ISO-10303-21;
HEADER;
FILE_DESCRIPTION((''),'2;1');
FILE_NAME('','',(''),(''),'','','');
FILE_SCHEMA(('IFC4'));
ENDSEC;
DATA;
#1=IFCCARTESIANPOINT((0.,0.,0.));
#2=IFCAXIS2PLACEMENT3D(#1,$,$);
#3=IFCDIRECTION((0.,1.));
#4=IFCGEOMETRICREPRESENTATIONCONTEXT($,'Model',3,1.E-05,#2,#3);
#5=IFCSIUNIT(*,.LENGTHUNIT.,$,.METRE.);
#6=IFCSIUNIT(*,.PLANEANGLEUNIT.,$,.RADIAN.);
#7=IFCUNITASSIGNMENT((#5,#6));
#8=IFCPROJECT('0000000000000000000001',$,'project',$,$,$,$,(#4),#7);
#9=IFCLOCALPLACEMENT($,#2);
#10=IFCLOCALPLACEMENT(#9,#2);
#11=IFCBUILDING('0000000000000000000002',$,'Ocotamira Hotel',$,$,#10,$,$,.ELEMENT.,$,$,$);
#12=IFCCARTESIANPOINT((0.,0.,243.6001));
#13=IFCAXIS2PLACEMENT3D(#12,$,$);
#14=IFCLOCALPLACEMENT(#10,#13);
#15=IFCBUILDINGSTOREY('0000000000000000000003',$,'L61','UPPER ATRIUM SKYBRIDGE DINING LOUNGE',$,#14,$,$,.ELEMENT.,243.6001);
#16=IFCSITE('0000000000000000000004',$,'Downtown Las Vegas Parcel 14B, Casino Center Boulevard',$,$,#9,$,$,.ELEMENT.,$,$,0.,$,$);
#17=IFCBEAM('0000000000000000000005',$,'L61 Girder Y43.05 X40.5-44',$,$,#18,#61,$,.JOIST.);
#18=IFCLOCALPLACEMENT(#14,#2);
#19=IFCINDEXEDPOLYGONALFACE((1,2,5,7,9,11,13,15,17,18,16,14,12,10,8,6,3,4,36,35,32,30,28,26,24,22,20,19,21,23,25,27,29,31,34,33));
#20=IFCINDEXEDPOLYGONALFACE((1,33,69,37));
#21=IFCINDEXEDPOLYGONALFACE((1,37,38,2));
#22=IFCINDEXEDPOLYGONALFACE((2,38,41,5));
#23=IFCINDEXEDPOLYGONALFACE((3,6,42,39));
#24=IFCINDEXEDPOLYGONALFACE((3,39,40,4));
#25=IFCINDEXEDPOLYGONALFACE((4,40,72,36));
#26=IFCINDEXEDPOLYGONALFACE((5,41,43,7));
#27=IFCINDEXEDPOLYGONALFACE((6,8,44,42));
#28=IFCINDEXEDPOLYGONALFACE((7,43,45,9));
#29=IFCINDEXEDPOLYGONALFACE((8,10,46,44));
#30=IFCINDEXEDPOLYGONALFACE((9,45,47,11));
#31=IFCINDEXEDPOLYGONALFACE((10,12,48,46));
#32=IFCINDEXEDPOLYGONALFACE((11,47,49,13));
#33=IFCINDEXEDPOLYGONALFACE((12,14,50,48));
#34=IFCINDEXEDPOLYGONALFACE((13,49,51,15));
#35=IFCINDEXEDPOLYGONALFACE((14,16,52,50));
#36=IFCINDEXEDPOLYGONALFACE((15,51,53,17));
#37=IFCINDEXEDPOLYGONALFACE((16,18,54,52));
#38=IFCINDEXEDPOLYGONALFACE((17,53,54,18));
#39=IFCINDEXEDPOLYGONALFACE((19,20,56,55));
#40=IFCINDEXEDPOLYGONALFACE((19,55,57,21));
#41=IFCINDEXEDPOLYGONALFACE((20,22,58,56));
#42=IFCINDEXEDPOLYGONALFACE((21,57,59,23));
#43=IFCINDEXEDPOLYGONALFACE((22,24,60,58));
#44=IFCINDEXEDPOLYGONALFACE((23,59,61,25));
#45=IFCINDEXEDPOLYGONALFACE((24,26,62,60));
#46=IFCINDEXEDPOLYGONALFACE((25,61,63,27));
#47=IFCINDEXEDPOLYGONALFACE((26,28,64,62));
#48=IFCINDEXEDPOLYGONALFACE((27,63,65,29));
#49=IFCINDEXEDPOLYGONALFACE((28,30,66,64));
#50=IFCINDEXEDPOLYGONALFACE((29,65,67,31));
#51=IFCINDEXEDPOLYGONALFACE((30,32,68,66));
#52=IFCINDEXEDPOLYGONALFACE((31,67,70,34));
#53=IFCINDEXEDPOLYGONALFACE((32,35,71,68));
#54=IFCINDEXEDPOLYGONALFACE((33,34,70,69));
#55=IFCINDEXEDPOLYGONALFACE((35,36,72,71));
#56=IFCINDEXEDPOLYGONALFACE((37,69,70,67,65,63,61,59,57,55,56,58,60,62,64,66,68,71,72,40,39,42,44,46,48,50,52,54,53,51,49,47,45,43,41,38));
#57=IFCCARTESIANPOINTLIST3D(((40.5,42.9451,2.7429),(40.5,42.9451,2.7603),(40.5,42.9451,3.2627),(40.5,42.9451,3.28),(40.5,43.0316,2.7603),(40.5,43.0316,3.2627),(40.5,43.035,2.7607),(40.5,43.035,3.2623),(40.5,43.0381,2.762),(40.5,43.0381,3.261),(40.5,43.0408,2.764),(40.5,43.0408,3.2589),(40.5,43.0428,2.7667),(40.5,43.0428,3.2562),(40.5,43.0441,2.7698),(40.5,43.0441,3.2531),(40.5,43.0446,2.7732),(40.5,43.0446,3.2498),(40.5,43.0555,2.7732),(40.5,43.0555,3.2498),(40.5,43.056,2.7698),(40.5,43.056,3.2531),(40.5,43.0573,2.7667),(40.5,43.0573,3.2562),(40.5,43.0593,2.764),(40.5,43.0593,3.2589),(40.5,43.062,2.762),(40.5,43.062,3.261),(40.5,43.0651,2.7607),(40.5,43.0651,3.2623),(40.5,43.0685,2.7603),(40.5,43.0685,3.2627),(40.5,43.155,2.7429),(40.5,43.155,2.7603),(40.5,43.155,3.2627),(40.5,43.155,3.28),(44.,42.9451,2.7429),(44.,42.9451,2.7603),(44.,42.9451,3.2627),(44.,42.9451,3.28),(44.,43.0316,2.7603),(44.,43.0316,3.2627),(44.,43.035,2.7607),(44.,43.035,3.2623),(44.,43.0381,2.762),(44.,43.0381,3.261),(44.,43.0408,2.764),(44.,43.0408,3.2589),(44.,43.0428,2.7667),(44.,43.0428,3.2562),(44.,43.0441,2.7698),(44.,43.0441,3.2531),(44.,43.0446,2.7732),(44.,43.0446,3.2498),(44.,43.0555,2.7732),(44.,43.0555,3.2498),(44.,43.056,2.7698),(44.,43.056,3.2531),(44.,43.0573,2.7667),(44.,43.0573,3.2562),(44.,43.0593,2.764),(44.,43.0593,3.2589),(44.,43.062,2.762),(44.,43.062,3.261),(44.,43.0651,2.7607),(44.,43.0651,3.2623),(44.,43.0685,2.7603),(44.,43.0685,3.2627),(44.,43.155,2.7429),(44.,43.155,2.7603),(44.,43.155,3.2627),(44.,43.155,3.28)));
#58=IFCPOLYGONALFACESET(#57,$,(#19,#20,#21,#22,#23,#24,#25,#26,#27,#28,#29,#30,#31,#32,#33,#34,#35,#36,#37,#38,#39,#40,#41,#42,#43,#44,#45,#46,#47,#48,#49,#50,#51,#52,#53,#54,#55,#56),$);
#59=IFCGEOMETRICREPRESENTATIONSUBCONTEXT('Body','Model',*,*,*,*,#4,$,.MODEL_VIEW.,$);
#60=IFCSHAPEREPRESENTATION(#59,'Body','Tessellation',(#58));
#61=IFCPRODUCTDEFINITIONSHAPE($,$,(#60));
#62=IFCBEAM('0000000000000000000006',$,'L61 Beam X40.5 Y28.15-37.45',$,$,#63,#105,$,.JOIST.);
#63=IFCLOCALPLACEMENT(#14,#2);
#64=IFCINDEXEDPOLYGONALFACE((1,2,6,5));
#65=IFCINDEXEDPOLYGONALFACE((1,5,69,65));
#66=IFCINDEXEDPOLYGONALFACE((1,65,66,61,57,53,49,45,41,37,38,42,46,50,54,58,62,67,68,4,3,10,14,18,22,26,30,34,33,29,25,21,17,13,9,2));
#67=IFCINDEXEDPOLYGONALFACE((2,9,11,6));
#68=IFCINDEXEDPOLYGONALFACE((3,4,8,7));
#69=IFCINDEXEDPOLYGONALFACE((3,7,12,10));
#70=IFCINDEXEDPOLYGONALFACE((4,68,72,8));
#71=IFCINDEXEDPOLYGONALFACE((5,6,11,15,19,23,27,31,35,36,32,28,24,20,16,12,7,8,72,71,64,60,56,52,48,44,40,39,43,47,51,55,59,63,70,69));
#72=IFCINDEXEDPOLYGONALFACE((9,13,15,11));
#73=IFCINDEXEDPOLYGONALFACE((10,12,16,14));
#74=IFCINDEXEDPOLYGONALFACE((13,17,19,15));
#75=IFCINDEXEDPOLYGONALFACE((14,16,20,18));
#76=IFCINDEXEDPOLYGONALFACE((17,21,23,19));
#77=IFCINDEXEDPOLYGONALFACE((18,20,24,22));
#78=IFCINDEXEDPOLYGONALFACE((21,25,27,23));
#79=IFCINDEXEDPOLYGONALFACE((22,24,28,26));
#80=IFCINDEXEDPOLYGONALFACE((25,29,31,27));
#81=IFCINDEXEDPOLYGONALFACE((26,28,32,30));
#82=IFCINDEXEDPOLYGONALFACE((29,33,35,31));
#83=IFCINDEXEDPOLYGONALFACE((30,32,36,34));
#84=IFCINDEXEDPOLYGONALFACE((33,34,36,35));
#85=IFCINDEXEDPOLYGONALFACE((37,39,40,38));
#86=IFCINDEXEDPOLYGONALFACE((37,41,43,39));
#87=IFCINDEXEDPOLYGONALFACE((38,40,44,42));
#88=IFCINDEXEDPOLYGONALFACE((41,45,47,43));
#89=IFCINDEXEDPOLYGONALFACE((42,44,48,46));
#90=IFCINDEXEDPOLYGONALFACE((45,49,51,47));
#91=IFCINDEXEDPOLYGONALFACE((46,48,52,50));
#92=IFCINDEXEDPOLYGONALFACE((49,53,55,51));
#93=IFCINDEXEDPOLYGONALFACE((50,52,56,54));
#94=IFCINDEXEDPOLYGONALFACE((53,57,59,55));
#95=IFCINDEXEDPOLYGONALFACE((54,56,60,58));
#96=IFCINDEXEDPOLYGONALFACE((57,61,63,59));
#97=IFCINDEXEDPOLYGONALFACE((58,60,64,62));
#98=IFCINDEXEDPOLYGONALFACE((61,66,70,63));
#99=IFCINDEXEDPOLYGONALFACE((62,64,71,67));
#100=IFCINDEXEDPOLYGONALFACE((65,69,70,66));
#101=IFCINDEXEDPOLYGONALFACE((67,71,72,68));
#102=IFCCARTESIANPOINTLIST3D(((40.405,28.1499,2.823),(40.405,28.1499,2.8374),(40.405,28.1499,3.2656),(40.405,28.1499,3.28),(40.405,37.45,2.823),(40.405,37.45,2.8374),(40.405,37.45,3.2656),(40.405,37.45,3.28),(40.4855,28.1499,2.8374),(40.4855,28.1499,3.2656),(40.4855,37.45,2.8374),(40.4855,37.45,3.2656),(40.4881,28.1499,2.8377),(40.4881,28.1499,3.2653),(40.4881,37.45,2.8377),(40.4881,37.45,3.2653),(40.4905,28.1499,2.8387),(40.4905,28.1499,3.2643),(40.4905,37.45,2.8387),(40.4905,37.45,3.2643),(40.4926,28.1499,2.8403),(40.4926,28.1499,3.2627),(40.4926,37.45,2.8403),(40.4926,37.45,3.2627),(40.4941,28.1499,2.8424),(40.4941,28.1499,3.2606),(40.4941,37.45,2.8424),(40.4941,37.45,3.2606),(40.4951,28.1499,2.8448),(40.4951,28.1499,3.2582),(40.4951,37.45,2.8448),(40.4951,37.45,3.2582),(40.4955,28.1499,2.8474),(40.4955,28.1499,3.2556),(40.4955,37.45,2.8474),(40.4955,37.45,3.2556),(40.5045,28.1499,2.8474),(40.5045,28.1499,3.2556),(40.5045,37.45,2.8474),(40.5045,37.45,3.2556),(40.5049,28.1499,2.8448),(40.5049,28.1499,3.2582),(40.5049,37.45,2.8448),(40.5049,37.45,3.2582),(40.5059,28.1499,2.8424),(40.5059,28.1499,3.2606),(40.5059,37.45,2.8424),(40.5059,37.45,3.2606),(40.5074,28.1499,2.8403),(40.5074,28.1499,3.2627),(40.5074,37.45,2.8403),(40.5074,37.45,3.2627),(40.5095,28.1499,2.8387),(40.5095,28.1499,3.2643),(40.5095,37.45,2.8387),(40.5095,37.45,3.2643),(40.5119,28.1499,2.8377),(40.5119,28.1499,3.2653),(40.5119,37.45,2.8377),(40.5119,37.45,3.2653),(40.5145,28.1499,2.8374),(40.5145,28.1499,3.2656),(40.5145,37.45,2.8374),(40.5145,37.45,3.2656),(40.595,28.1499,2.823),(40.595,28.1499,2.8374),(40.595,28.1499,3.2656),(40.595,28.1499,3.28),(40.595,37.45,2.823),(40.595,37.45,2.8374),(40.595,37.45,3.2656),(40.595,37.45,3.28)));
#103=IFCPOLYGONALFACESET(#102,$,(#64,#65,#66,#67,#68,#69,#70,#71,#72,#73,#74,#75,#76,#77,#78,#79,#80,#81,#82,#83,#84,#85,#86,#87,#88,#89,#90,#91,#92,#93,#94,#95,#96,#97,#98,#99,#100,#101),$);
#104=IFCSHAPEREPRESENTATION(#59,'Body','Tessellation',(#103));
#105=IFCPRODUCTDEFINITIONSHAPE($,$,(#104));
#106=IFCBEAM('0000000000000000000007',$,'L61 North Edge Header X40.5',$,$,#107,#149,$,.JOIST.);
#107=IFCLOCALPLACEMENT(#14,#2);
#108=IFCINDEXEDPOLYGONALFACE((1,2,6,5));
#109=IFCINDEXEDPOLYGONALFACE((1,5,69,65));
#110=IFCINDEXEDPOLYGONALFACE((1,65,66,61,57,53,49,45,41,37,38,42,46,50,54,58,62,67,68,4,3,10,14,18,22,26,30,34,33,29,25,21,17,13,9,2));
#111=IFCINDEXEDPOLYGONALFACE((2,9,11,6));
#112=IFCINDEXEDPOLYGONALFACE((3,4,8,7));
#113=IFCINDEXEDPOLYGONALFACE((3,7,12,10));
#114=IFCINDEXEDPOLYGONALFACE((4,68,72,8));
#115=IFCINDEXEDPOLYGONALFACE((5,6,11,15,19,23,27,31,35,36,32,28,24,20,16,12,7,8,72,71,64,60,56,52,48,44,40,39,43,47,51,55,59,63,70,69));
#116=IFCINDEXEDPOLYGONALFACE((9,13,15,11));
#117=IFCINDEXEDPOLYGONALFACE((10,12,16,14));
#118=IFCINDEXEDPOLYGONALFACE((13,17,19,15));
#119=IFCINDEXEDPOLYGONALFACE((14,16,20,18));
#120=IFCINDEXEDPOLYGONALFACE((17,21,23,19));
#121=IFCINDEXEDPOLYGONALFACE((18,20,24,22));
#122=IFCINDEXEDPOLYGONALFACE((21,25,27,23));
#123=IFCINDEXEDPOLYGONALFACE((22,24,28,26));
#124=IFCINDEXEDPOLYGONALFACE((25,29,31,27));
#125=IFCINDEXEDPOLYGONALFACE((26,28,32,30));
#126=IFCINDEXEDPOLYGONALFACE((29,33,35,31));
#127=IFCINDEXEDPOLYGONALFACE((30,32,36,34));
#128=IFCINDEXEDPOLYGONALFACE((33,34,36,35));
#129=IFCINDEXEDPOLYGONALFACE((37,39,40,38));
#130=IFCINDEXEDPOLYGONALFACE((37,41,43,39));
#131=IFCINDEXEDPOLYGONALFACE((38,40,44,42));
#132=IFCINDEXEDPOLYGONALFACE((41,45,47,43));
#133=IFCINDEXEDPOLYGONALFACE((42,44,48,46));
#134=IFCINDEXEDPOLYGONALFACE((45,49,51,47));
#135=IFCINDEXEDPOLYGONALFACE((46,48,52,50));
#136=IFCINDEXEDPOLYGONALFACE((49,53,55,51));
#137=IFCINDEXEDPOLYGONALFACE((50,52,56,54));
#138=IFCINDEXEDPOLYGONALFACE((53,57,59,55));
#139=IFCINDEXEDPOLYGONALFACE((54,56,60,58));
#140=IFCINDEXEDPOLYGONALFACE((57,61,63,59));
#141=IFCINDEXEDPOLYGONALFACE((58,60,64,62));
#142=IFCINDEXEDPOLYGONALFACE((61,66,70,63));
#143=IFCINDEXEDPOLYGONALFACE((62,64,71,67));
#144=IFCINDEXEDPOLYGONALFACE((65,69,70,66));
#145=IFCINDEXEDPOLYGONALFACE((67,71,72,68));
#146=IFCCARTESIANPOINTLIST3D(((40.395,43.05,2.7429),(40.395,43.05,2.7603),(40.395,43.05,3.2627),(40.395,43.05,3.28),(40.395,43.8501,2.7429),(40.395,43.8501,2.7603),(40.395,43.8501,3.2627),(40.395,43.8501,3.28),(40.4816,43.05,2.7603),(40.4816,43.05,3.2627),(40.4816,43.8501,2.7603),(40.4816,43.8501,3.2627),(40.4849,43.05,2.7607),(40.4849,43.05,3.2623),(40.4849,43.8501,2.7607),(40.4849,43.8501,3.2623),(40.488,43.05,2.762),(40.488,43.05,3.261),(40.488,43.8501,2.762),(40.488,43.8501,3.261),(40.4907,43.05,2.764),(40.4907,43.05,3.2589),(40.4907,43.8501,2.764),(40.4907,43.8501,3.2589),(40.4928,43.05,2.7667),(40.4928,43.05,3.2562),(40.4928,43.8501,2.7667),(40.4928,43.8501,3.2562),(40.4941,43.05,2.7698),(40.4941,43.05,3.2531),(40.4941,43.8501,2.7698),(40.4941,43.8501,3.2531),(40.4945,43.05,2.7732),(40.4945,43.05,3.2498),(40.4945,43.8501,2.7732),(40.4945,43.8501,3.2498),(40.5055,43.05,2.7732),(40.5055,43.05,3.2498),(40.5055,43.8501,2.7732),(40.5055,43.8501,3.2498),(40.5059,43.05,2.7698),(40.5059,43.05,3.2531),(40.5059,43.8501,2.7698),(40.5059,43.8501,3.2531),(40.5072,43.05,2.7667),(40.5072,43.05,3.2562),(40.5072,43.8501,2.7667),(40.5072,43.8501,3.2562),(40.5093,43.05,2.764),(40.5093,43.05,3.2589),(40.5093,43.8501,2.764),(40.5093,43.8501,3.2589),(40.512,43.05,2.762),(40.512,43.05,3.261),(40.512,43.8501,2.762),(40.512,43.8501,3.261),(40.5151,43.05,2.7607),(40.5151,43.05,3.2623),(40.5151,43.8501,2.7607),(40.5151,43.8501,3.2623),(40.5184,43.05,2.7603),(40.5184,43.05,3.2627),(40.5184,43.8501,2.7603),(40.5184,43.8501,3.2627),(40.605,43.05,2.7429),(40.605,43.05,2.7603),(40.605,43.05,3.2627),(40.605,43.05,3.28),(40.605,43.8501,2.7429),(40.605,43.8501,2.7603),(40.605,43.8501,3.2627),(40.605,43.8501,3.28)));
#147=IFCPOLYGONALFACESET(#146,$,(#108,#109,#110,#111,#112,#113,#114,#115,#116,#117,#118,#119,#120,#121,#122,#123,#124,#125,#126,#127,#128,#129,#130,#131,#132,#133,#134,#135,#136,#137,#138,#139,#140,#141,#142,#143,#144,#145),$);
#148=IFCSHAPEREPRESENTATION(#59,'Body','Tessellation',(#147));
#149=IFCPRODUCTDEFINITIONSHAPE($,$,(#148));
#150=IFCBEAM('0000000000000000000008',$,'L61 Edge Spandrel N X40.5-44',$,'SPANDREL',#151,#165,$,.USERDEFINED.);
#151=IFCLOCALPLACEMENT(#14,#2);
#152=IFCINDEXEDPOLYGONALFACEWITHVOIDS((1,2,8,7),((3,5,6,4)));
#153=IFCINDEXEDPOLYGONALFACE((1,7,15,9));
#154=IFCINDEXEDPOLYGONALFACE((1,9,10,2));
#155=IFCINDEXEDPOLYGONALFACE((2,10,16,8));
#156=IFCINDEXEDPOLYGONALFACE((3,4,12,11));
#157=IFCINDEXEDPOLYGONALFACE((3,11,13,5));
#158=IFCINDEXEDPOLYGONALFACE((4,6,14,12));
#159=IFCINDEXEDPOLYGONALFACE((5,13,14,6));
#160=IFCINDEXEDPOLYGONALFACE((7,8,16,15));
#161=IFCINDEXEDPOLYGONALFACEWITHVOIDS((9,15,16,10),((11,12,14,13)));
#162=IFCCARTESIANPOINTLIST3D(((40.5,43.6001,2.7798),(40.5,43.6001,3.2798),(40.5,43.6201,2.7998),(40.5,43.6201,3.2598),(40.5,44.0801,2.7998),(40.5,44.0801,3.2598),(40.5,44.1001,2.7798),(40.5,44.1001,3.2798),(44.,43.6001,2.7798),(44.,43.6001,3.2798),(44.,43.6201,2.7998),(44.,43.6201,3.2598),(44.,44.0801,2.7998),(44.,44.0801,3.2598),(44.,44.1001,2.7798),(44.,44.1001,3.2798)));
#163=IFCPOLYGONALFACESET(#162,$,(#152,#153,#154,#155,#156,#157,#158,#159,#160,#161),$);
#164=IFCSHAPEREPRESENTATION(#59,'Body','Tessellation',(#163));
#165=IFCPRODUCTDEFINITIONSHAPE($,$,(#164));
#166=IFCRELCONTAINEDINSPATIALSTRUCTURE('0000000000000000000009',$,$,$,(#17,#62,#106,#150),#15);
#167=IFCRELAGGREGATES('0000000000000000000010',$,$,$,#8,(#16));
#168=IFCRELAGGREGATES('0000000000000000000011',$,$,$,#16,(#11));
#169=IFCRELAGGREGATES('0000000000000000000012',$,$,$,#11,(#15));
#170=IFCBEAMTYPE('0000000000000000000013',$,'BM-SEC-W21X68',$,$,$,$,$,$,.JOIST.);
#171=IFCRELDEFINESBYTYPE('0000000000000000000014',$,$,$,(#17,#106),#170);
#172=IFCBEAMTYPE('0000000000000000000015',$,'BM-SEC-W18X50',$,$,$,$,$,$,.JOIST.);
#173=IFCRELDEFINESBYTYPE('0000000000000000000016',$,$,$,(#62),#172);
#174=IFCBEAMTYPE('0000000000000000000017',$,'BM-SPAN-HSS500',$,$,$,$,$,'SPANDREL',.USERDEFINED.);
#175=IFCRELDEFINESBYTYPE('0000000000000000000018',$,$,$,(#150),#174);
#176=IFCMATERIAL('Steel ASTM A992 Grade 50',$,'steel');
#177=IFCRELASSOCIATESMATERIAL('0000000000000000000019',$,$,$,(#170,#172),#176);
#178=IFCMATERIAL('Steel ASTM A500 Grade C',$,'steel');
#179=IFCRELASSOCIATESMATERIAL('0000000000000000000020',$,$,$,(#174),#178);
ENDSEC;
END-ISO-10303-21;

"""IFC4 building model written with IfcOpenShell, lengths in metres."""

from ifc_helpers import new_model, si_unit, direction, frame, origin, origin_2d, place, context, subcontext, project, spatial, hollow_rectangle, i_section, extrude, source, transform, mapped, material, material_profile, profile_set, type_object, element, save


model = new_model("IFC4")

# Units and contexts
model_context = context("Model", 3, precision=1e-05, world=origin(), true_north=direction((0.0, 1.0)))
body_context = subcontext(model_context, "Body", "Model", "MODEL_VIEW")
ifc_project = project(units=[si_unit("LENGTHUNIT", "METRE"), si_unit("PLANEANGLEUNIT", "RADIAN")], contexts=[model_context])

# Site, building, storey
site_placement = place(None, origin())
site = spatial("IfcSite", under=ifc_project, at=site_placement, Name="Downtown Las Vegas Parcel 14B, Casino Center Boulevard", CompositionType="ELEMENT", RefElevation=0.0)
building_placement = place(site_placement, origin())
building = spatial("IfcBuilding", under=site, at=building_placement, Name="Ocotamira Hotel", CompositionType="ELEMENT")
storey_placement = place(building_placement, frame((0.0, 0.0, 243.6001)))
storey = spatial("IfcBuildingStorey", under=building, at=storey_placement, Name="L61", Description="UPPER ATRIUM SKYBRIDGE DINING LOUNGE", CompositionType="ELEMENT", Elevation=243.6001)

# Shared definitions
ifc_material_1 = material(Name="Steel ASTM A992 Grade 50", Category="steel")

# Beams
ifc_material_profile_1 = material_profile(ifc_material_1, i_section(OverallWidth=0.21, OverallDepth=0.5371, WebThickness=0.011, FlangeThickness=0.0173, FilletRadius=0.0129, at=origin_2d()), Name="W21X68")
ifc_profile_set_1 = profile_set([ifc_material_profile_1], Name="Steel ASTM A992 Grade 50")
beam_type_1 = type_object("IfcBeamType", Name="BM-SEC-W21X68", PredefinedType="JOIST", material=ifc_profile_set_1)
shared_shape_1 = source(origin(), body_context, "Body", "SweptSolid", [
    extrude(i_section(OverallWidth=0.21, OverallDepth=0.5371, WebThickness=0.011, FlangeThickness=0.0173, FilletRadius=0.0129, at=origin_2d()), origin(), (0.0, 0.0, 1.0), 3.5),
])
beam_1_placement = place(storey_placement, frame((40.5, 43.05, 3.0115), z_axis=(1.0, 0.0, 0.0), x_axis=(0.0, 1.0, 0.0)))
element("IfcBeam", 1, at=beam_1_placement, inside=storey, type_object=beam_type_1, Name="L61 Girder Y43.05 X40.5-44", PredefinedType="JOIST", context=body_context, shape_type="MappedRepresentation", body=[
    mapped(shared_shape_1, transform((0.0, 0.0, 0.0), scale=1.0)),
])
ifc_material_profile_2 = material_profile(ifc_material_1, i_section(OverallWidth=0.1899, OverallDepth=0.457, WebThickness=0.009, FlangeThickness=0.0144, FilletRadius=0.01, at=origin_2d()), Name="W18X50")
ifc_profile_set_2 = profile_set([ifc_material_profile_2], Name="Steel ASTM A992 Grade 50")
beam_type_2 = type_object("IfcBeamType", Name="BM-SEC-W18X50", PredefinedType="JOIST", material=ifc_profile_set_2)
shared_shape_2 = source(origin(), body_context, "Body", "SweptSolid", [
    extrude(i_section(OverallWidth=0.1899, OverallDepth=0.457, WebThickness=0.009, FlangeThickness=0.0144, FilletRadius=0.01, at=origin_2d()), origin(), (0.0, 0.0, 1.0), 9.3),
])
beam_2_placement = place(storey_placement, frame((40.5, 28.1499, 3.0515), z_axis=(0.0, 1.0, 0.0), x_axis=(-1.0, 0.0, 0.0)))
element("IfcBeam", 2, at=beam_2_placement, inside=storey, type_object=beam_type_2, Name="L61 Beam X40.5 Y28.15-37.45", PredefinedType="JOIST", context=body_context, shape_type="MappedRepresentation", body=[
    mapped(shared_shape_2, transform((0.0, 0.0, 0.0), scale=1.0)),
])
shared_shape_3 = source(origin(), body_context, "Body", "SweptSolid", [
    extrude(i_section(OverallWidth=0.21, OverallDepth=0.5371, WebThickness=0.011, FlangeThickness=0.0173, FilletRadius=0.0129, at=origin_2d()), origin(), (0.0, 0.0, 1.0), 0.8),
])
beam_3_placement = place(storey_placement, frame((40.5, 43.05, 3.0115), z_axis=(0.0, 1.0, 0.0), x_axis=(-1.0, 0.0, 0.0)))
element("IfcBeam", 3, at=beam_3_placement, inside=storey, type_object=beam_type_1, Name="L61 North Edge Header X40.5", PredefinedType="JOIST", context=body_context, shape_type="MappedRepresentation", body=[
    mapped(shared_shape_3, transform((0.0, 0.0, 0.0), scale=1.0)),
])
ifc_material_2 = material(Name="Steel ASTM A500 Grade C", Category="steel")
ifc_material_profile_3 = material_profile(ifc_material_2, hollow_rectangle(XDim=0.5, YDim=0.5, WallThickness=0.02, at=origin_2d()), Name="HSS500X500X20")
ifc_profile_set_3 = profile_set([ifc_material_profile_3], Name="Steel ASTM A500 Grade C")
beam_type_3 = type_object("IfcBeamType", Name="BM-SPAN-HSS500", ElementType="SPANDREL", PredefinedType="USERDEFINED", material=ifc_profile_set_3)
shared_shape_4 = source(origin(), body_context, "Body", "SweptSolid", [
    extrude(hollow_rectangle(XDim=0.5, YDim=0.5, WallThickness=0.02, at=origin_2d()), origin(), (0.0, 0.0, 1.0), 3.5),
])
beam_4_placement = place(storey_placement, frame((40.5, 43.8501, 3.0298), z_axis=(1.0, 0.0, 0.0), x_axis=(0.0, 1.0, 0.0)))
element("IfcBeam", 4, at=beam_4_placement, inside=storey, type_object=beam_type_3, Name="L61 Edge Spandrel N X40.5-44", ObjectType="SPANDREL", PredefinedType="USERDEFINED", context=body_context, shape_type="MappedRepresentation", body=[
    mapped(shared_shape_4, transform((0.0, 0.0, 0.0), scale=1.0)),
])

save(model, "model.ifc")
